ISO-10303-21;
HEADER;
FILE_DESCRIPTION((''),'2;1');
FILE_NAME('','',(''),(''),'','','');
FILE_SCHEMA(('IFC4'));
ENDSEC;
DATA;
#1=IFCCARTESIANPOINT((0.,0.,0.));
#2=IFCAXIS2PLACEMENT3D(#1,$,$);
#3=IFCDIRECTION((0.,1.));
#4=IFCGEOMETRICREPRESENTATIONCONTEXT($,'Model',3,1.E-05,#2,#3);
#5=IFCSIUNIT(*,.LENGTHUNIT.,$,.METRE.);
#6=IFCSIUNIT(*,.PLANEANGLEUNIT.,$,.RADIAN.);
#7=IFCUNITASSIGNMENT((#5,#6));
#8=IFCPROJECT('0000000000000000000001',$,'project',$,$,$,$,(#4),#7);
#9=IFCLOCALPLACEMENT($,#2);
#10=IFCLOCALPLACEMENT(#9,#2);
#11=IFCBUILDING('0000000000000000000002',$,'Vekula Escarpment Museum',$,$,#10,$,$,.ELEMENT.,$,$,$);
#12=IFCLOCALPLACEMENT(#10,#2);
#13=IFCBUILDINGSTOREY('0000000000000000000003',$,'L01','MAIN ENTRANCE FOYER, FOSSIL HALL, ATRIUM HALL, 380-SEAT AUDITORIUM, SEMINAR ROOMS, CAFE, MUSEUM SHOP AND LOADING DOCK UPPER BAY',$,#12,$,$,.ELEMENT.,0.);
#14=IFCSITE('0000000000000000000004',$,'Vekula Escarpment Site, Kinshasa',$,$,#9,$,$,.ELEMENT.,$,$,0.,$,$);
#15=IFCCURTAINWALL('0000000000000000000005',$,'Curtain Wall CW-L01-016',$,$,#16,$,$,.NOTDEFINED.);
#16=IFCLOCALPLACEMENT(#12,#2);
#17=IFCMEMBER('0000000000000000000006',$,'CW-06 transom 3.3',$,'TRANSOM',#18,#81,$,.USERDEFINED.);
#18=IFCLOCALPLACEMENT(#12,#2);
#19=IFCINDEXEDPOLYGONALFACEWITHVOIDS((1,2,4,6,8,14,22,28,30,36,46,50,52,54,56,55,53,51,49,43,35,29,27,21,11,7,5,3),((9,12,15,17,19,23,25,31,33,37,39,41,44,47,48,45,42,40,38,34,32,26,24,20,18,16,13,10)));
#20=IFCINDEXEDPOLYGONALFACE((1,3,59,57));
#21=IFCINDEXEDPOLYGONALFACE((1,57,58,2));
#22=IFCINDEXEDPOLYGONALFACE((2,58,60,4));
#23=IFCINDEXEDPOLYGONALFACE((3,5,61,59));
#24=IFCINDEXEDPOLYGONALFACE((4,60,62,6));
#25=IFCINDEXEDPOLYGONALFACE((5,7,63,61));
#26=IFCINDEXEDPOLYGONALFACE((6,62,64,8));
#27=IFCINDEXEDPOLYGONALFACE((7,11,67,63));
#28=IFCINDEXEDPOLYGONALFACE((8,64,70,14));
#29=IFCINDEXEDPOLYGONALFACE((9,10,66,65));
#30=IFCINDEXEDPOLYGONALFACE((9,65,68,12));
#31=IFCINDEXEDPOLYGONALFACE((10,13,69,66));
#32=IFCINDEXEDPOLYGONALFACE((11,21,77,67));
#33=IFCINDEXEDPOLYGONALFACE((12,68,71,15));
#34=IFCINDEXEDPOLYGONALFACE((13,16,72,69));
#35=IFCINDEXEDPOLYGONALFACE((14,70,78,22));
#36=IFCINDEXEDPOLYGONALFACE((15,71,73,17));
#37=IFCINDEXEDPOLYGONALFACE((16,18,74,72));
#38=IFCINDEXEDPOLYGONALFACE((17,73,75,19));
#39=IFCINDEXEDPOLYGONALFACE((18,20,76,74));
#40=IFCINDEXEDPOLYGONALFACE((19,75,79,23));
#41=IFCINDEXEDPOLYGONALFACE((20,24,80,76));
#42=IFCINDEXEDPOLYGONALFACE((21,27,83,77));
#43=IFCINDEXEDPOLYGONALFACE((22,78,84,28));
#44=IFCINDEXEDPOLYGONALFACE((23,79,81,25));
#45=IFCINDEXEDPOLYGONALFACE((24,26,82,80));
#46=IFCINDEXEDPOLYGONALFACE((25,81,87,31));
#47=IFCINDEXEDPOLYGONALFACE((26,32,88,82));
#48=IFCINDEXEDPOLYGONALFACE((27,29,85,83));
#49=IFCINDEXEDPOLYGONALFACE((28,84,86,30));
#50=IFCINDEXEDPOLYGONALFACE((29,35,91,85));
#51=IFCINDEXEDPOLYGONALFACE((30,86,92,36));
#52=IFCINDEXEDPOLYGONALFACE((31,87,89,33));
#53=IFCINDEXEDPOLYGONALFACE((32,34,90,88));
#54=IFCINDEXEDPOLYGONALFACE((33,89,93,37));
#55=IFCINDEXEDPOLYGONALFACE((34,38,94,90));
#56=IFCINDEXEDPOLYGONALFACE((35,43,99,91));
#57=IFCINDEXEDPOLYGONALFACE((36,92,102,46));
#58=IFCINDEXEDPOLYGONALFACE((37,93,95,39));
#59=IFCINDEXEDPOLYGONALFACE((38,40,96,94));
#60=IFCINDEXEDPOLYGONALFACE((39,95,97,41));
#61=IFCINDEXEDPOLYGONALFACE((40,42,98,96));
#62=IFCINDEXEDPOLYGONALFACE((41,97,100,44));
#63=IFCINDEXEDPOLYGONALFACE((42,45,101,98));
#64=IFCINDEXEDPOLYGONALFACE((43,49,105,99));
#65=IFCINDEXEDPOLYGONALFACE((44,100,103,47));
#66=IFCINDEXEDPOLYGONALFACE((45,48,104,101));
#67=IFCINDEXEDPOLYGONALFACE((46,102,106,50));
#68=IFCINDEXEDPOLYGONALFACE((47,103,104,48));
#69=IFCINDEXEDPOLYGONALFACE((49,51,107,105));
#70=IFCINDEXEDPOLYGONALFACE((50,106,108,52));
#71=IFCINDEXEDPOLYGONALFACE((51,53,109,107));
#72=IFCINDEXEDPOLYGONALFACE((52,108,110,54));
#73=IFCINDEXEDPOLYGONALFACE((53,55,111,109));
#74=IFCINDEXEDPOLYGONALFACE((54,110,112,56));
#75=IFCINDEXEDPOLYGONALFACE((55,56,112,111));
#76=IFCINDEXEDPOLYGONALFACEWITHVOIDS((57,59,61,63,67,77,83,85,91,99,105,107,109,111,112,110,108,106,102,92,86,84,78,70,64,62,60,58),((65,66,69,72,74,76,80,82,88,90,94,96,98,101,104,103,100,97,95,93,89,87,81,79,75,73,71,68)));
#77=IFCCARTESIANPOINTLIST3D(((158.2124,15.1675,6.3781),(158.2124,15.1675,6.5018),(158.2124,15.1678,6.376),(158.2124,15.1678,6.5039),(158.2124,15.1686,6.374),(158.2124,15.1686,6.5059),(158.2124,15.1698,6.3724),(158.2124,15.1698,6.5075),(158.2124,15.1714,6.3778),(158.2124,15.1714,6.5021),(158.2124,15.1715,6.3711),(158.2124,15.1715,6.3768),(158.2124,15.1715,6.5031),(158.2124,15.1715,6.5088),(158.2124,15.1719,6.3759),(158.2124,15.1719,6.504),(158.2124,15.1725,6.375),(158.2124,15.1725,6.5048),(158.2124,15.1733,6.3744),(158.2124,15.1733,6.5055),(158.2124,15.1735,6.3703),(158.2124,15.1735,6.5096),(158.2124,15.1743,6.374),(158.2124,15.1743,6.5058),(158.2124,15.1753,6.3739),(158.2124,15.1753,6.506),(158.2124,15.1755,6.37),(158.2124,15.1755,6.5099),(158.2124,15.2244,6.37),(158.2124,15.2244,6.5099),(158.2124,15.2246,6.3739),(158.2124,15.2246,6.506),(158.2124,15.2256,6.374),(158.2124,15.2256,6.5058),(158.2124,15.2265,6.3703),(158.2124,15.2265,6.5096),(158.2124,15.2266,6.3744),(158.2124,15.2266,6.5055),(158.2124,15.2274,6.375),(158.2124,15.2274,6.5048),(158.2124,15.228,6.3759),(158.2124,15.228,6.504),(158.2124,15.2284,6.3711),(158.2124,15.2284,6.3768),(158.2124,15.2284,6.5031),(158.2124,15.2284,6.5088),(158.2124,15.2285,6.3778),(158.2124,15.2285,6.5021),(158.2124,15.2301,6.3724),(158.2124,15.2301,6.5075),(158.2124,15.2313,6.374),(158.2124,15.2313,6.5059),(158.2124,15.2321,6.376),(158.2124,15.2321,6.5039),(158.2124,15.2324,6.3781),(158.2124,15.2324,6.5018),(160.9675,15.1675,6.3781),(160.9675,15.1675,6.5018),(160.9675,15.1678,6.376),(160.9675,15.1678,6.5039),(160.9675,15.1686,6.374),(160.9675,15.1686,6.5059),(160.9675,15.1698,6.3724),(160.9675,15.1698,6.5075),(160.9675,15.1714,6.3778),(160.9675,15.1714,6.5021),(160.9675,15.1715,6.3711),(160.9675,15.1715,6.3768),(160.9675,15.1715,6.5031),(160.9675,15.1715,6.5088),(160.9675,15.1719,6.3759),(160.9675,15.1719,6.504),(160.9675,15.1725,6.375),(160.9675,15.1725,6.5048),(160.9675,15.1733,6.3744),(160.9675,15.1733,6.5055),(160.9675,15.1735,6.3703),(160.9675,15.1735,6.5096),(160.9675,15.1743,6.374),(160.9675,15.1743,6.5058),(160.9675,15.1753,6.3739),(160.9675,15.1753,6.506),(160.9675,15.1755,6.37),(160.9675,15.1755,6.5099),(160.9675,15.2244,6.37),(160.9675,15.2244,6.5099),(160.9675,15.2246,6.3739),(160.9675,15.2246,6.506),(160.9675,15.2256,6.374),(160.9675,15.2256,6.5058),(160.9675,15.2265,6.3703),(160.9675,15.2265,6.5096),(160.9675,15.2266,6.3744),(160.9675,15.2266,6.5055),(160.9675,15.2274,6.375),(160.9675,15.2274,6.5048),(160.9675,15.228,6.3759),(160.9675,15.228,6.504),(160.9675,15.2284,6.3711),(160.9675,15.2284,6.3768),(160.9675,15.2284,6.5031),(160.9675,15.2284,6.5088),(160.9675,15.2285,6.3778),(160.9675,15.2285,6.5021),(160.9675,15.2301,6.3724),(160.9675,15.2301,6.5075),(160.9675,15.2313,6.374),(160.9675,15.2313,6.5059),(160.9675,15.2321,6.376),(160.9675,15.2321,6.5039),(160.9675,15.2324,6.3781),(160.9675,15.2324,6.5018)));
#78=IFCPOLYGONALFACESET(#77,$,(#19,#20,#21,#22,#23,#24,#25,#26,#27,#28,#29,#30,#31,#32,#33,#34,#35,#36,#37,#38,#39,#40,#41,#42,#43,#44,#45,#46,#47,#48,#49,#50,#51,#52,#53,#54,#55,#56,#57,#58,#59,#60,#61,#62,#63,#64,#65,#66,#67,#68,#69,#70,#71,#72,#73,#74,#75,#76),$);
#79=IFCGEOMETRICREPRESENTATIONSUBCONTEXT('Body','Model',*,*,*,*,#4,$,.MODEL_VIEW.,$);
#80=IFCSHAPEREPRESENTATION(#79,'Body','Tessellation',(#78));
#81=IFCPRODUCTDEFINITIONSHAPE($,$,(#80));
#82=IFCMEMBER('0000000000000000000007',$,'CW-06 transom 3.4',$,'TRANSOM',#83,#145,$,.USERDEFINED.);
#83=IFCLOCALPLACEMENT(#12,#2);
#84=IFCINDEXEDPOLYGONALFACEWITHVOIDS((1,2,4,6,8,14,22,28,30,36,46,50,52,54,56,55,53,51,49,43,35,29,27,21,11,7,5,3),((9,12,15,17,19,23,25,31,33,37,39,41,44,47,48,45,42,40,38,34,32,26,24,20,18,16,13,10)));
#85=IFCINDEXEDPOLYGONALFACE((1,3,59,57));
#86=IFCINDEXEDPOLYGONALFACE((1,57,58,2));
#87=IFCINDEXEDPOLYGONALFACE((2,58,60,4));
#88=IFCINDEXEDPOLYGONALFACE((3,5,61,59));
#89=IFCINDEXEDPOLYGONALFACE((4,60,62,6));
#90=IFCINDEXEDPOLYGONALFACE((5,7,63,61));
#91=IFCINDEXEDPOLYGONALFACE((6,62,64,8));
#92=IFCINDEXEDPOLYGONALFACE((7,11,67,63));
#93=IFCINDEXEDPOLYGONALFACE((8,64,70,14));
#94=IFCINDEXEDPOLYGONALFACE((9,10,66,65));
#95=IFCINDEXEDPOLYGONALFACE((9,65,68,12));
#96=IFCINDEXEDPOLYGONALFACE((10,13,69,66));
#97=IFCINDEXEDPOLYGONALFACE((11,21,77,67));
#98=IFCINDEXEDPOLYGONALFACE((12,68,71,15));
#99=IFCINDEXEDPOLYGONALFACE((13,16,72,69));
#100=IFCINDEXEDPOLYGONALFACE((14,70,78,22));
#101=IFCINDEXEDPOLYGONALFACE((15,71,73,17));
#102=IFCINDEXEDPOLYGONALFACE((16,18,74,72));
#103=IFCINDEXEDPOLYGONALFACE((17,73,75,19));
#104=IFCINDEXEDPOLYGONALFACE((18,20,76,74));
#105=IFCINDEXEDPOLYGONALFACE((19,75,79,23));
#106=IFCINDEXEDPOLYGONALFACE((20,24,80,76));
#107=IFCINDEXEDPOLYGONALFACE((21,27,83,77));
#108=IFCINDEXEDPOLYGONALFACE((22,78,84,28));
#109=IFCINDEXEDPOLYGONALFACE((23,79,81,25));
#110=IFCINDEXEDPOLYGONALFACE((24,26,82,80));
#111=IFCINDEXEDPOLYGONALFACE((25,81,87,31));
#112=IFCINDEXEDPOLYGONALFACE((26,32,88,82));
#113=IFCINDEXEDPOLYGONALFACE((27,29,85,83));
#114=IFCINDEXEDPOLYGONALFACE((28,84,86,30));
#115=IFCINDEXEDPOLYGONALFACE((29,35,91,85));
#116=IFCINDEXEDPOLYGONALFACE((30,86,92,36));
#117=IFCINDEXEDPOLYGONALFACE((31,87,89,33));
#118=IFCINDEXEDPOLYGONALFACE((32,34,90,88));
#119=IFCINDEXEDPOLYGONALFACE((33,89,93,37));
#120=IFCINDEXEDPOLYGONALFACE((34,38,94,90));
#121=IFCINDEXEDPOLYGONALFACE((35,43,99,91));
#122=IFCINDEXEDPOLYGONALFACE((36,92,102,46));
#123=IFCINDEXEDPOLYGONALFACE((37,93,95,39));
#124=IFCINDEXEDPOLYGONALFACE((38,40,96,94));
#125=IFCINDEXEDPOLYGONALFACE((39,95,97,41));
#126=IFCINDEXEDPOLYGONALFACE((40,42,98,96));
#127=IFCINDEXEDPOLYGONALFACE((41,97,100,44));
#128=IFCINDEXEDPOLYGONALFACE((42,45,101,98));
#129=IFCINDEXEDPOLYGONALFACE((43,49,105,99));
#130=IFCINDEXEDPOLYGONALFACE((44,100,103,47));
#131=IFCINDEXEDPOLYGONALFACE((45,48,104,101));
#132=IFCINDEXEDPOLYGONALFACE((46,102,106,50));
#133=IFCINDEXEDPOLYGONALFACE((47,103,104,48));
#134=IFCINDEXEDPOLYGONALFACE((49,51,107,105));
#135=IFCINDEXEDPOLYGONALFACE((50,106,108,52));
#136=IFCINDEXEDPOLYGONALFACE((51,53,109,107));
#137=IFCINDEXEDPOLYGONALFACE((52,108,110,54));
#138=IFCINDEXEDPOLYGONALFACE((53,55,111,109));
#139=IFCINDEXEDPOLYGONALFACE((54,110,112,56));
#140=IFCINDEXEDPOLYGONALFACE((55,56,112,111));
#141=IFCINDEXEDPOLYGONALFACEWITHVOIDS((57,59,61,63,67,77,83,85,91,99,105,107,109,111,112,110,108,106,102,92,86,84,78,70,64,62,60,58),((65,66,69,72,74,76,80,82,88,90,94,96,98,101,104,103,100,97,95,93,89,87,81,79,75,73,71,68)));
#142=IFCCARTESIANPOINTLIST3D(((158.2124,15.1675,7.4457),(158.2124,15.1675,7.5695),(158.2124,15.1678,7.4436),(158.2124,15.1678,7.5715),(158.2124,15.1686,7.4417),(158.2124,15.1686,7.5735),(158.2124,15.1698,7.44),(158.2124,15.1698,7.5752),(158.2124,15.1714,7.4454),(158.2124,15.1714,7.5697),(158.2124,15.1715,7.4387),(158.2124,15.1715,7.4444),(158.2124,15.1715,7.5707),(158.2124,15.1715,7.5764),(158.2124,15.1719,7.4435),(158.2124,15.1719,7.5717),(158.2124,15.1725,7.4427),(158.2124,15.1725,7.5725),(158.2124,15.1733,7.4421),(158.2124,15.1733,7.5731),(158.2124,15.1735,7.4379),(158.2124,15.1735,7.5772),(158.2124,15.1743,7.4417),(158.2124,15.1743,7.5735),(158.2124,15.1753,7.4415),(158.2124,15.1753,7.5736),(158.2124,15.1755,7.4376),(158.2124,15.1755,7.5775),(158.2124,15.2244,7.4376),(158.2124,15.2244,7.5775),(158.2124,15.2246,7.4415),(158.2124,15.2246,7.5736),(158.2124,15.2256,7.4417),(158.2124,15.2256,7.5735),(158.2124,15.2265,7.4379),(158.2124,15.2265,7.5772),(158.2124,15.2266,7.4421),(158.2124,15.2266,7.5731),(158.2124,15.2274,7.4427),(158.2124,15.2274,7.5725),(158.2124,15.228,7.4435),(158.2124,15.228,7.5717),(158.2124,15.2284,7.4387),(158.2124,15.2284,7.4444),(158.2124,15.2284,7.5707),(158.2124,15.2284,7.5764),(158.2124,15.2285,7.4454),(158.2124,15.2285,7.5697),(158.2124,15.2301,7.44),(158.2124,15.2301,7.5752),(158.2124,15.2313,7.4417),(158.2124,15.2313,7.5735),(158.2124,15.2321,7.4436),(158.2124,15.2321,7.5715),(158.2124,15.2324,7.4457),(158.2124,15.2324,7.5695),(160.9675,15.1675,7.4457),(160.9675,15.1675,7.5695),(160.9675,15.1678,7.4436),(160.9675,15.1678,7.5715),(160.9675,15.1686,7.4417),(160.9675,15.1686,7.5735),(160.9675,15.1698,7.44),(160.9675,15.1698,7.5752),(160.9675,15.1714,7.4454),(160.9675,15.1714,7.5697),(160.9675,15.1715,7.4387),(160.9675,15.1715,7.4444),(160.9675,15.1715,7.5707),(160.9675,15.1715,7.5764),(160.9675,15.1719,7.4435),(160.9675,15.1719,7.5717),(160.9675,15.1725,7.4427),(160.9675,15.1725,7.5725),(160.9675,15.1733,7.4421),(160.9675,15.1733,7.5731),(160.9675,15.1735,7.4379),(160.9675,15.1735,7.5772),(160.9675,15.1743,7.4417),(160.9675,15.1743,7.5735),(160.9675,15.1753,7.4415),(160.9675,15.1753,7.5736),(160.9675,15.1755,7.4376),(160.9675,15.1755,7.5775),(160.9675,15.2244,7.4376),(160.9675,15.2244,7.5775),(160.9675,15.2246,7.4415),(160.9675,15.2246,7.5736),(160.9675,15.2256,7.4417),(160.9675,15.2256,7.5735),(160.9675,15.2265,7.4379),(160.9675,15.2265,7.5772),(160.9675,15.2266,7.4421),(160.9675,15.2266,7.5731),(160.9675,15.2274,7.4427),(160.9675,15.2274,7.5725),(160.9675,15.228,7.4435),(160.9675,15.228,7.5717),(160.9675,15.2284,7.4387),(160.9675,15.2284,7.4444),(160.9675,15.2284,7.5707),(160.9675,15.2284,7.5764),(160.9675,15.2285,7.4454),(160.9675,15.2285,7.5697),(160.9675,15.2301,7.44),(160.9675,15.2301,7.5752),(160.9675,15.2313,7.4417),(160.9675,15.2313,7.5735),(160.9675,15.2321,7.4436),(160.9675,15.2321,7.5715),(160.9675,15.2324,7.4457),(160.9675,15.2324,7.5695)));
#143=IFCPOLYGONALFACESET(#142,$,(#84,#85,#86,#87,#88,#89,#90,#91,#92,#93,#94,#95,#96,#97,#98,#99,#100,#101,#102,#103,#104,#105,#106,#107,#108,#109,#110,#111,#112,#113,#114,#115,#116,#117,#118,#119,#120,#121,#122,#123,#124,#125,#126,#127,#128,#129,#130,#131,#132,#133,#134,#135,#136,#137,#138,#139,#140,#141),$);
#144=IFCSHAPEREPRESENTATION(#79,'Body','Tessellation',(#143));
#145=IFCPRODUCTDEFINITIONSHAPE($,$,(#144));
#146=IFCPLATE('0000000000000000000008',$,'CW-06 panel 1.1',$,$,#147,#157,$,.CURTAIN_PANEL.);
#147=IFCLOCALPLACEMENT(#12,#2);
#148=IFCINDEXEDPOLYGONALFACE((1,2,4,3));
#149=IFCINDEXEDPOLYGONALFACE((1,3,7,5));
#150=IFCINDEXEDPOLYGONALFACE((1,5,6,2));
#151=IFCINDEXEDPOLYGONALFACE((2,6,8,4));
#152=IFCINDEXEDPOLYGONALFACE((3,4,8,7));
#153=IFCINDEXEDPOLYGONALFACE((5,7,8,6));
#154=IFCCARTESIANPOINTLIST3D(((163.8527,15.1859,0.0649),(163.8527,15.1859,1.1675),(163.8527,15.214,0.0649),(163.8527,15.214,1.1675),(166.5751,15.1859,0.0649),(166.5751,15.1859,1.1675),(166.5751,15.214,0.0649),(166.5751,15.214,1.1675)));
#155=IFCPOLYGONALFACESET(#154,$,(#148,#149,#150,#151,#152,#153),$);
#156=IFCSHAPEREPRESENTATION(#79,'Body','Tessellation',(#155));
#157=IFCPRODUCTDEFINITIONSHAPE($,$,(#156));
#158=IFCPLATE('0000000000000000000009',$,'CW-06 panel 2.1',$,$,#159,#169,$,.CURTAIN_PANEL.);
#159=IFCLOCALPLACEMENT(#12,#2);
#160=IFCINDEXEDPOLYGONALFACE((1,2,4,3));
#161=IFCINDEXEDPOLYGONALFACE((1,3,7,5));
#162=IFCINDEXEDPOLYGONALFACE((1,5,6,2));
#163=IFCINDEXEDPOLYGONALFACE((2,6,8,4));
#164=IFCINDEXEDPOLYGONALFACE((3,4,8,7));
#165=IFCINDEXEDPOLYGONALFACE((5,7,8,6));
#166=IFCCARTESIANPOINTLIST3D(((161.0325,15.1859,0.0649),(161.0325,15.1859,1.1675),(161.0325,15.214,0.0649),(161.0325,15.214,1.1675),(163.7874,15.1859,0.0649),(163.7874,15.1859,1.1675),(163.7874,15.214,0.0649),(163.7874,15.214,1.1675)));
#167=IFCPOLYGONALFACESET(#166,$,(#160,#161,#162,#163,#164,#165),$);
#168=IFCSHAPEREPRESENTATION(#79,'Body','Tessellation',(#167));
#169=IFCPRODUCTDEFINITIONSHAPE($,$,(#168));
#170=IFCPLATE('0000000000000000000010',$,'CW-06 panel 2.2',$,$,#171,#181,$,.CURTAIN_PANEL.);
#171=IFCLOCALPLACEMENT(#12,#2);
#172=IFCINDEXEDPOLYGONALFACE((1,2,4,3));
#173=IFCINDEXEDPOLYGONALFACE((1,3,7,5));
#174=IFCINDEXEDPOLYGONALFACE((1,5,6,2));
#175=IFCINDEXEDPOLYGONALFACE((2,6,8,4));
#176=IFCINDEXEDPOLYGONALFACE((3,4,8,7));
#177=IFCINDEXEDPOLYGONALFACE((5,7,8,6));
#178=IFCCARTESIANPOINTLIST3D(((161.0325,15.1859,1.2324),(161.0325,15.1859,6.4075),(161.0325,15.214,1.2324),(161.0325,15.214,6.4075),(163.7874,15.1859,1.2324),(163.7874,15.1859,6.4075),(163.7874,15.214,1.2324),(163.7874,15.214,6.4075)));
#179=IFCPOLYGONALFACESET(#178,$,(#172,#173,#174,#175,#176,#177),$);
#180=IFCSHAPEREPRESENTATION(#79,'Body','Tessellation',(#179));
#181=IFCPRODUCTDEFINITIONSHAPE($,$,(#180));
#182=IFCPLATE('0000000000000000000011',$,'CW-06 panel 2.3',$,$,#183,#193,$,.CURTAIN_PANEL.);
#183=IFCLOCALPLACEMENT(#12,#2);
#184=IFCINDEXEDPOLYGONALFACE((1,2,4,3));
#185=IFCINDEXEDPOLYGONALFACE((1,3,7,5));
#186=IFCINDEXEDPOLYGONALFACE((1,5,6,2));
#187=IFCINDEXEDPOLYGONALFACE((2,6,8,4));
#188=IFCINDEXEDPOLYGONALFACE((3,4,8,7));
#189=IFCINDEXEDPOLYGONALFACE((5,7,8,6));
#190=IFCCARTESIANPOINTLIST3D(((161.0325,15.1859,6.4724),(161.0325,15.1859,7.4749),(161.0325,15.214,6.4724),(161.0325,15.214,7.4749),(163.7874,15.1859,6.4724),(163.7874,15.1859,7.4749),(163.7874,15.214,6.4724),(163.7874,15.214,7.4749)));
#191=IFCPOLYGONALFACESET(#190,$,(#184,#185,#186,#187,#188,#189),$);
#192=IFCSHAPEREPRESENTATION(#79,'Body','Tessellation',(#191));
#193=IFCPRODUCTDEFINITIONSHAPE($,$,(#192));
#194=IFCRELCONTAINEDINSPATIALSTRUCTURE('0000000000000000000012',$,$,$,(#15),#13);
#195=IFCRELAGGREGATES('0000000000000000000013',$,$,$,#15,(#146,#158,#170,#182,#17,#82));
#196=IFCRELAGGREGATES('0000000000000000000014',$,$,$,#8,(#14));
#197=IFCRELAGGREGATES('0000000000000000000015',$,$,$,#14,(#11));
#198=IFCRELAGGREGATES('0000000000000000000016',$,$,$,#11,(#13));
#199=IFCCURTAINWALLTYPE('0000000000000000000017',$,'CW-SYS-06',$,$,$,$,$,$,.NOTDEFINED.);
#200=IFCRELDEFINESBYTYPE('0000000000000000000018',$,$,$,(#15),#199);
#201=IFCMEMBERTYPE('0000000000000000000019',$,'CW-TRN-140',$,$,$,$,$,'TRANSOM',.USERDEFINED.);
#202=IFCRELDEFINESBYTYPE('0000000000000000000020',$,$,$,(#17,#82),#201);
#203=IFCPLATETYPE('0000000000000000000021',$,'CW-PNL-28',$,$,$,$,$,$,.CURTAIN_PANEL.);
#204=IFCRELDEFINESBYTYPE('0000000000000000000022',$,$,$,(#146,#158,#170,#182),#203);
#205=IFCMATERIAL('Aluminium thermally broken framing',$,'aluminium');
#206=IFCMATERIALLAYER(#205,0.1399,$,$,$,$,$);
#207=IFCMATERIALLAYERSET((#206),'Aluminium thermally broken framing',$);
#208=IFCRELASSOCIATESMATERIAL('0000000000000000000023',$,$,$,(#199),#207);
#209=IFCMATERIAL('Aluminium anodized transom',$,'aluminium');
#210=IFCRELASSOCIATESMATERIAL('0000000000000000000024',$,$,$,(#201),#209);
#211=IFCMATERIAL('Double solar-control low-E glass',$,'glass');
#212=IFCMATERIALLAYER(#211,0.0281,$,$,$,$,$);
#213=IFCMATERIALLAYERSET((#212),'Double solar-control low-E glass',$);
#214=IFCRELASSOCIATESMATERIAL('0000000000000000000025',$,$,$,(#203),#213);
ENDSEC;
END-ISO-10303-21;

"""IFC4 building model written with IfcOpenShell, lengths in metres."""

from ifc_helpers import new_model, si_unit, direction, frame, origin, origin_2d, place, context, subcontext, project, spatial, rectangle, hollow_rectangle, extrude, material, layer, layer_set, material_profile, profile_set, type_object, element, aggregate, save


model = new_model("IFC4")

# Units and contexts
model_context = context("Model", 3, precision=1e-05, world=origin(), true_north=direction((0.0, 1.0)))
body_context = subcontext(model_context, "Body", "Model", "MODEL_VIEW")
ifc_project = project(units=[si_unit("LENGTHUNIT", "METRE"), si_unit("PLANEANGLEUNIT", "RADIAN")], contexts=[model_context])

# Site, building, storey
site_placement = place(None, origin())
site = spatial("IfcSite", under=ifc_project, at=site_placement, Name="Vekula Escarpment Site, Kinshasa", CompositionType="ELEMENT", RefElevation=0.0)
building_placement = place(site_placement, origin())
building = spatial("IfcBuilding", under=site, at=building_placement, Name="Vekula Escarpment Museum", CompositionType="ELEMENT")
storey_placement = place(building_placement, origin())
storey = spatial("IfcBuildingStorey", under=building, at=storey_placement, Name="L01", Description="MAIN ENTRANCE FOYER, FOSSIL HALL, ATRIUM HALL, 380-SEAT AUDITORIUM, SEMINAR ROOMS, CAFE, MUSEUM SHOP AND LOADING DOCK UPPER BAY", CompositionType="ELEMENT", Elevation=0.0)

# Curtain wall, members, plates
ifc_material_1 = material(Name="Aluminium thermally broken framing", Category="aluminium")
ifc_layer_1 = layer(ifc_material_1, 0.1399)
ifc_layer_set_1 = layer_set([ifc_layer_1], Name="Aluminium thermally broken framing")
curtain_wall_type = type_object("IfcCurtainWallType", Name="CW-SYS-06", PredefinedType="NOTDEFINED", material=ifc_layer_set_1)
curtain_wall_placement = place(storey_placement, origin())
curtain_wall = element("IfcCurtainWall", 1, at=curtain_wall_placement, inside=storey, type_object=curtain_wall_type, Name="Curtain Wall CW-L01-016", PredefinedType="NOTDEFINED")
ifc_material_2 = material(Name="Aluminium anodized transom", Category="aluminium")
ifc_material_profile_1 = material_profile(ifc_material_2, hollow_rectangle(XDim=0.0649, YDim=0.1399, WallThickness=0.0039, InnerFilletRadius=0.0039, OuterFilletRadius=0.0081, at=origin_2d()), Name="ALU 140x65x4")
ifc_profile_set_1 = profile_set([ifc_material_profile_1], Name="Aluminium anodized transom")
member_type_1 = type_object("IfcMemberType", Name="CW-TRN-140", ElementType="TRANSOM", PredefinedType="USERDEFINED", material=ifc_profile_set_1)
member_1_placement = place(storey_placement, frame((160.9675, 15.2, 6.4399), z_axis=(-1.0, 0.0, 0.0), x_axis=(0.0, -1.0, 0.0)))
member_1 = element("IfcMember", 2, at=member_1_placement, type_object=member_type_1, Name="CW-06 transom 3.3", ObjectType="TRANSOM", PredefinedType="USERDEFINED", context=body_context, shape_type="SweptSolid", body=[
    extrude(hollow_rectangle(XDim=0.0649, YDim=0.1399, WallThickness=0.0039, InnerFilletRadius=0.0039, OuterFilletRadius=0.0081, at=origin_2d()), origin(), (0.0, 0.0, 1.0), 2.7551),
])
member_2_placement = place(storey_placement, frame((160.9675, 15.2, 7.5076), z_axis=(-1.0, 0.0, 0.0), x_axis=(0.0, -1.0, 0.0)))
member_2 = element("IfcMember", 3, at=member_2_placement, type_object=member_type_1, Name="CW-06 transom 3.4", ObjectType="TRANSOM", PredefinedType="USERDEFINED", context=body_context, shape_type="SweptSolid", body=[
    extrude(hollow_rectangle(XDim=0.0649, YDim=0.1399, WallThickness=0.0039, InnerFilletRadius=0.0039, OuterFilletRadius=0.0081, at=origin_2d()), origin(), (0.0, 0.0, 1.0), 2.7551),
])
ifc_material_3 = material(Name="Double solar-control low-E glass", Category="glass")
ifc_layer_2 = layer(ifc_material_3, 0.0281)
ifc_layer_set_2 = layer_set([ifc_layer_2], Name="Double solar-control low-E glass")
plate_type = type_object("IfcPlateType", Name="CW-PNL-28", PredefinedType="CURTAIN_PANEL", material=ifc_layer_set_2)
plate_1_placement = place(storey_placement, frame((165.2139, 15.2, 0.0649), z_axis=(0.0, 0.0, 1.0), x_axis=(-1.0, 0.0, 0.0)))
plate_1 = element("IfcPlate", 4, at=plate_1_placement, type_object=plate_type, Name="CW-06 panel 1.1", PredefinedType="CURTAIN_PANEL", context=body_context, shape_type="SweptSolid", body=[
    extrude(rectangle(XDim=2.7224, YDim=0.0281, at=origin_2d()), origin(), (0.0, 0.0, 1.0), 1.1025),
])
plate_2_placement = place(storey_placement, frame((162.4099, 15.2, 0.0649), z_axis=(0.0, 0.0, 1.0), x_axis=(-1.0, 0.0, 0.0)))
plate_2 = element("IfcPlate", 5, at=plate_2_placement, type_object=plate_type, Name="CW-06 panel 2.1", PredefinedType="CURTAIN_PANEL", context=body_context, shape_type="SweptSolid", body=[
    extrude(rectangle(XDim=2.7549, YDim=0.0281, at=origin_2d()), origin(), (0.0, 0.0, 1.0), 1.1025),
])
plate_3_placement = place(storey_placement, frame((162.4099, 15.2, 1.2324), z_axis=(0.0, 0.0, 1.0), x_axis=(-1.0, 0.0, 0.0)))
plate_3 = element("IfcPlate", 6, at=plate_3_placement, type_object=plate_type, Name="CW-06 panel 2.2", PredefinedType="CURTAIN_PANEL", context=body_context, shape_type="SweptSolid", body=[
    extrude(rectangle(XDim=2.7549, YDim=0.0281, at=origin_2d()), origin(), (0.0, 0.0, 1.0), 5.175),
])
plate_4_placement = place(storey_placement, frame((162.4099, 15.2, 6.4724), z_axis=(0.0, 0.0, 1.0), x_axis=(-1.0, 0.0, 0.0)))
plate_4 = element("IfcPlate", 7, at=plate_4_placement, type_object=plate_type, Name="CW-06 panel 2.3", PredefinedType="CURTAIN_PANEL", context=body_context, shape_type="SweptSolid", body=[
    extrude(rectangle(XDim=2.7549, YDim=0.0281, at=origin_2d()), origin(), (0.0, 0.0, 1.0), 1.0024),
])
aggregate(curtain_wall, [plate_1, plate_2, plate_3, plate_4, member_1, member_2])

save(model, "model.ifc")
